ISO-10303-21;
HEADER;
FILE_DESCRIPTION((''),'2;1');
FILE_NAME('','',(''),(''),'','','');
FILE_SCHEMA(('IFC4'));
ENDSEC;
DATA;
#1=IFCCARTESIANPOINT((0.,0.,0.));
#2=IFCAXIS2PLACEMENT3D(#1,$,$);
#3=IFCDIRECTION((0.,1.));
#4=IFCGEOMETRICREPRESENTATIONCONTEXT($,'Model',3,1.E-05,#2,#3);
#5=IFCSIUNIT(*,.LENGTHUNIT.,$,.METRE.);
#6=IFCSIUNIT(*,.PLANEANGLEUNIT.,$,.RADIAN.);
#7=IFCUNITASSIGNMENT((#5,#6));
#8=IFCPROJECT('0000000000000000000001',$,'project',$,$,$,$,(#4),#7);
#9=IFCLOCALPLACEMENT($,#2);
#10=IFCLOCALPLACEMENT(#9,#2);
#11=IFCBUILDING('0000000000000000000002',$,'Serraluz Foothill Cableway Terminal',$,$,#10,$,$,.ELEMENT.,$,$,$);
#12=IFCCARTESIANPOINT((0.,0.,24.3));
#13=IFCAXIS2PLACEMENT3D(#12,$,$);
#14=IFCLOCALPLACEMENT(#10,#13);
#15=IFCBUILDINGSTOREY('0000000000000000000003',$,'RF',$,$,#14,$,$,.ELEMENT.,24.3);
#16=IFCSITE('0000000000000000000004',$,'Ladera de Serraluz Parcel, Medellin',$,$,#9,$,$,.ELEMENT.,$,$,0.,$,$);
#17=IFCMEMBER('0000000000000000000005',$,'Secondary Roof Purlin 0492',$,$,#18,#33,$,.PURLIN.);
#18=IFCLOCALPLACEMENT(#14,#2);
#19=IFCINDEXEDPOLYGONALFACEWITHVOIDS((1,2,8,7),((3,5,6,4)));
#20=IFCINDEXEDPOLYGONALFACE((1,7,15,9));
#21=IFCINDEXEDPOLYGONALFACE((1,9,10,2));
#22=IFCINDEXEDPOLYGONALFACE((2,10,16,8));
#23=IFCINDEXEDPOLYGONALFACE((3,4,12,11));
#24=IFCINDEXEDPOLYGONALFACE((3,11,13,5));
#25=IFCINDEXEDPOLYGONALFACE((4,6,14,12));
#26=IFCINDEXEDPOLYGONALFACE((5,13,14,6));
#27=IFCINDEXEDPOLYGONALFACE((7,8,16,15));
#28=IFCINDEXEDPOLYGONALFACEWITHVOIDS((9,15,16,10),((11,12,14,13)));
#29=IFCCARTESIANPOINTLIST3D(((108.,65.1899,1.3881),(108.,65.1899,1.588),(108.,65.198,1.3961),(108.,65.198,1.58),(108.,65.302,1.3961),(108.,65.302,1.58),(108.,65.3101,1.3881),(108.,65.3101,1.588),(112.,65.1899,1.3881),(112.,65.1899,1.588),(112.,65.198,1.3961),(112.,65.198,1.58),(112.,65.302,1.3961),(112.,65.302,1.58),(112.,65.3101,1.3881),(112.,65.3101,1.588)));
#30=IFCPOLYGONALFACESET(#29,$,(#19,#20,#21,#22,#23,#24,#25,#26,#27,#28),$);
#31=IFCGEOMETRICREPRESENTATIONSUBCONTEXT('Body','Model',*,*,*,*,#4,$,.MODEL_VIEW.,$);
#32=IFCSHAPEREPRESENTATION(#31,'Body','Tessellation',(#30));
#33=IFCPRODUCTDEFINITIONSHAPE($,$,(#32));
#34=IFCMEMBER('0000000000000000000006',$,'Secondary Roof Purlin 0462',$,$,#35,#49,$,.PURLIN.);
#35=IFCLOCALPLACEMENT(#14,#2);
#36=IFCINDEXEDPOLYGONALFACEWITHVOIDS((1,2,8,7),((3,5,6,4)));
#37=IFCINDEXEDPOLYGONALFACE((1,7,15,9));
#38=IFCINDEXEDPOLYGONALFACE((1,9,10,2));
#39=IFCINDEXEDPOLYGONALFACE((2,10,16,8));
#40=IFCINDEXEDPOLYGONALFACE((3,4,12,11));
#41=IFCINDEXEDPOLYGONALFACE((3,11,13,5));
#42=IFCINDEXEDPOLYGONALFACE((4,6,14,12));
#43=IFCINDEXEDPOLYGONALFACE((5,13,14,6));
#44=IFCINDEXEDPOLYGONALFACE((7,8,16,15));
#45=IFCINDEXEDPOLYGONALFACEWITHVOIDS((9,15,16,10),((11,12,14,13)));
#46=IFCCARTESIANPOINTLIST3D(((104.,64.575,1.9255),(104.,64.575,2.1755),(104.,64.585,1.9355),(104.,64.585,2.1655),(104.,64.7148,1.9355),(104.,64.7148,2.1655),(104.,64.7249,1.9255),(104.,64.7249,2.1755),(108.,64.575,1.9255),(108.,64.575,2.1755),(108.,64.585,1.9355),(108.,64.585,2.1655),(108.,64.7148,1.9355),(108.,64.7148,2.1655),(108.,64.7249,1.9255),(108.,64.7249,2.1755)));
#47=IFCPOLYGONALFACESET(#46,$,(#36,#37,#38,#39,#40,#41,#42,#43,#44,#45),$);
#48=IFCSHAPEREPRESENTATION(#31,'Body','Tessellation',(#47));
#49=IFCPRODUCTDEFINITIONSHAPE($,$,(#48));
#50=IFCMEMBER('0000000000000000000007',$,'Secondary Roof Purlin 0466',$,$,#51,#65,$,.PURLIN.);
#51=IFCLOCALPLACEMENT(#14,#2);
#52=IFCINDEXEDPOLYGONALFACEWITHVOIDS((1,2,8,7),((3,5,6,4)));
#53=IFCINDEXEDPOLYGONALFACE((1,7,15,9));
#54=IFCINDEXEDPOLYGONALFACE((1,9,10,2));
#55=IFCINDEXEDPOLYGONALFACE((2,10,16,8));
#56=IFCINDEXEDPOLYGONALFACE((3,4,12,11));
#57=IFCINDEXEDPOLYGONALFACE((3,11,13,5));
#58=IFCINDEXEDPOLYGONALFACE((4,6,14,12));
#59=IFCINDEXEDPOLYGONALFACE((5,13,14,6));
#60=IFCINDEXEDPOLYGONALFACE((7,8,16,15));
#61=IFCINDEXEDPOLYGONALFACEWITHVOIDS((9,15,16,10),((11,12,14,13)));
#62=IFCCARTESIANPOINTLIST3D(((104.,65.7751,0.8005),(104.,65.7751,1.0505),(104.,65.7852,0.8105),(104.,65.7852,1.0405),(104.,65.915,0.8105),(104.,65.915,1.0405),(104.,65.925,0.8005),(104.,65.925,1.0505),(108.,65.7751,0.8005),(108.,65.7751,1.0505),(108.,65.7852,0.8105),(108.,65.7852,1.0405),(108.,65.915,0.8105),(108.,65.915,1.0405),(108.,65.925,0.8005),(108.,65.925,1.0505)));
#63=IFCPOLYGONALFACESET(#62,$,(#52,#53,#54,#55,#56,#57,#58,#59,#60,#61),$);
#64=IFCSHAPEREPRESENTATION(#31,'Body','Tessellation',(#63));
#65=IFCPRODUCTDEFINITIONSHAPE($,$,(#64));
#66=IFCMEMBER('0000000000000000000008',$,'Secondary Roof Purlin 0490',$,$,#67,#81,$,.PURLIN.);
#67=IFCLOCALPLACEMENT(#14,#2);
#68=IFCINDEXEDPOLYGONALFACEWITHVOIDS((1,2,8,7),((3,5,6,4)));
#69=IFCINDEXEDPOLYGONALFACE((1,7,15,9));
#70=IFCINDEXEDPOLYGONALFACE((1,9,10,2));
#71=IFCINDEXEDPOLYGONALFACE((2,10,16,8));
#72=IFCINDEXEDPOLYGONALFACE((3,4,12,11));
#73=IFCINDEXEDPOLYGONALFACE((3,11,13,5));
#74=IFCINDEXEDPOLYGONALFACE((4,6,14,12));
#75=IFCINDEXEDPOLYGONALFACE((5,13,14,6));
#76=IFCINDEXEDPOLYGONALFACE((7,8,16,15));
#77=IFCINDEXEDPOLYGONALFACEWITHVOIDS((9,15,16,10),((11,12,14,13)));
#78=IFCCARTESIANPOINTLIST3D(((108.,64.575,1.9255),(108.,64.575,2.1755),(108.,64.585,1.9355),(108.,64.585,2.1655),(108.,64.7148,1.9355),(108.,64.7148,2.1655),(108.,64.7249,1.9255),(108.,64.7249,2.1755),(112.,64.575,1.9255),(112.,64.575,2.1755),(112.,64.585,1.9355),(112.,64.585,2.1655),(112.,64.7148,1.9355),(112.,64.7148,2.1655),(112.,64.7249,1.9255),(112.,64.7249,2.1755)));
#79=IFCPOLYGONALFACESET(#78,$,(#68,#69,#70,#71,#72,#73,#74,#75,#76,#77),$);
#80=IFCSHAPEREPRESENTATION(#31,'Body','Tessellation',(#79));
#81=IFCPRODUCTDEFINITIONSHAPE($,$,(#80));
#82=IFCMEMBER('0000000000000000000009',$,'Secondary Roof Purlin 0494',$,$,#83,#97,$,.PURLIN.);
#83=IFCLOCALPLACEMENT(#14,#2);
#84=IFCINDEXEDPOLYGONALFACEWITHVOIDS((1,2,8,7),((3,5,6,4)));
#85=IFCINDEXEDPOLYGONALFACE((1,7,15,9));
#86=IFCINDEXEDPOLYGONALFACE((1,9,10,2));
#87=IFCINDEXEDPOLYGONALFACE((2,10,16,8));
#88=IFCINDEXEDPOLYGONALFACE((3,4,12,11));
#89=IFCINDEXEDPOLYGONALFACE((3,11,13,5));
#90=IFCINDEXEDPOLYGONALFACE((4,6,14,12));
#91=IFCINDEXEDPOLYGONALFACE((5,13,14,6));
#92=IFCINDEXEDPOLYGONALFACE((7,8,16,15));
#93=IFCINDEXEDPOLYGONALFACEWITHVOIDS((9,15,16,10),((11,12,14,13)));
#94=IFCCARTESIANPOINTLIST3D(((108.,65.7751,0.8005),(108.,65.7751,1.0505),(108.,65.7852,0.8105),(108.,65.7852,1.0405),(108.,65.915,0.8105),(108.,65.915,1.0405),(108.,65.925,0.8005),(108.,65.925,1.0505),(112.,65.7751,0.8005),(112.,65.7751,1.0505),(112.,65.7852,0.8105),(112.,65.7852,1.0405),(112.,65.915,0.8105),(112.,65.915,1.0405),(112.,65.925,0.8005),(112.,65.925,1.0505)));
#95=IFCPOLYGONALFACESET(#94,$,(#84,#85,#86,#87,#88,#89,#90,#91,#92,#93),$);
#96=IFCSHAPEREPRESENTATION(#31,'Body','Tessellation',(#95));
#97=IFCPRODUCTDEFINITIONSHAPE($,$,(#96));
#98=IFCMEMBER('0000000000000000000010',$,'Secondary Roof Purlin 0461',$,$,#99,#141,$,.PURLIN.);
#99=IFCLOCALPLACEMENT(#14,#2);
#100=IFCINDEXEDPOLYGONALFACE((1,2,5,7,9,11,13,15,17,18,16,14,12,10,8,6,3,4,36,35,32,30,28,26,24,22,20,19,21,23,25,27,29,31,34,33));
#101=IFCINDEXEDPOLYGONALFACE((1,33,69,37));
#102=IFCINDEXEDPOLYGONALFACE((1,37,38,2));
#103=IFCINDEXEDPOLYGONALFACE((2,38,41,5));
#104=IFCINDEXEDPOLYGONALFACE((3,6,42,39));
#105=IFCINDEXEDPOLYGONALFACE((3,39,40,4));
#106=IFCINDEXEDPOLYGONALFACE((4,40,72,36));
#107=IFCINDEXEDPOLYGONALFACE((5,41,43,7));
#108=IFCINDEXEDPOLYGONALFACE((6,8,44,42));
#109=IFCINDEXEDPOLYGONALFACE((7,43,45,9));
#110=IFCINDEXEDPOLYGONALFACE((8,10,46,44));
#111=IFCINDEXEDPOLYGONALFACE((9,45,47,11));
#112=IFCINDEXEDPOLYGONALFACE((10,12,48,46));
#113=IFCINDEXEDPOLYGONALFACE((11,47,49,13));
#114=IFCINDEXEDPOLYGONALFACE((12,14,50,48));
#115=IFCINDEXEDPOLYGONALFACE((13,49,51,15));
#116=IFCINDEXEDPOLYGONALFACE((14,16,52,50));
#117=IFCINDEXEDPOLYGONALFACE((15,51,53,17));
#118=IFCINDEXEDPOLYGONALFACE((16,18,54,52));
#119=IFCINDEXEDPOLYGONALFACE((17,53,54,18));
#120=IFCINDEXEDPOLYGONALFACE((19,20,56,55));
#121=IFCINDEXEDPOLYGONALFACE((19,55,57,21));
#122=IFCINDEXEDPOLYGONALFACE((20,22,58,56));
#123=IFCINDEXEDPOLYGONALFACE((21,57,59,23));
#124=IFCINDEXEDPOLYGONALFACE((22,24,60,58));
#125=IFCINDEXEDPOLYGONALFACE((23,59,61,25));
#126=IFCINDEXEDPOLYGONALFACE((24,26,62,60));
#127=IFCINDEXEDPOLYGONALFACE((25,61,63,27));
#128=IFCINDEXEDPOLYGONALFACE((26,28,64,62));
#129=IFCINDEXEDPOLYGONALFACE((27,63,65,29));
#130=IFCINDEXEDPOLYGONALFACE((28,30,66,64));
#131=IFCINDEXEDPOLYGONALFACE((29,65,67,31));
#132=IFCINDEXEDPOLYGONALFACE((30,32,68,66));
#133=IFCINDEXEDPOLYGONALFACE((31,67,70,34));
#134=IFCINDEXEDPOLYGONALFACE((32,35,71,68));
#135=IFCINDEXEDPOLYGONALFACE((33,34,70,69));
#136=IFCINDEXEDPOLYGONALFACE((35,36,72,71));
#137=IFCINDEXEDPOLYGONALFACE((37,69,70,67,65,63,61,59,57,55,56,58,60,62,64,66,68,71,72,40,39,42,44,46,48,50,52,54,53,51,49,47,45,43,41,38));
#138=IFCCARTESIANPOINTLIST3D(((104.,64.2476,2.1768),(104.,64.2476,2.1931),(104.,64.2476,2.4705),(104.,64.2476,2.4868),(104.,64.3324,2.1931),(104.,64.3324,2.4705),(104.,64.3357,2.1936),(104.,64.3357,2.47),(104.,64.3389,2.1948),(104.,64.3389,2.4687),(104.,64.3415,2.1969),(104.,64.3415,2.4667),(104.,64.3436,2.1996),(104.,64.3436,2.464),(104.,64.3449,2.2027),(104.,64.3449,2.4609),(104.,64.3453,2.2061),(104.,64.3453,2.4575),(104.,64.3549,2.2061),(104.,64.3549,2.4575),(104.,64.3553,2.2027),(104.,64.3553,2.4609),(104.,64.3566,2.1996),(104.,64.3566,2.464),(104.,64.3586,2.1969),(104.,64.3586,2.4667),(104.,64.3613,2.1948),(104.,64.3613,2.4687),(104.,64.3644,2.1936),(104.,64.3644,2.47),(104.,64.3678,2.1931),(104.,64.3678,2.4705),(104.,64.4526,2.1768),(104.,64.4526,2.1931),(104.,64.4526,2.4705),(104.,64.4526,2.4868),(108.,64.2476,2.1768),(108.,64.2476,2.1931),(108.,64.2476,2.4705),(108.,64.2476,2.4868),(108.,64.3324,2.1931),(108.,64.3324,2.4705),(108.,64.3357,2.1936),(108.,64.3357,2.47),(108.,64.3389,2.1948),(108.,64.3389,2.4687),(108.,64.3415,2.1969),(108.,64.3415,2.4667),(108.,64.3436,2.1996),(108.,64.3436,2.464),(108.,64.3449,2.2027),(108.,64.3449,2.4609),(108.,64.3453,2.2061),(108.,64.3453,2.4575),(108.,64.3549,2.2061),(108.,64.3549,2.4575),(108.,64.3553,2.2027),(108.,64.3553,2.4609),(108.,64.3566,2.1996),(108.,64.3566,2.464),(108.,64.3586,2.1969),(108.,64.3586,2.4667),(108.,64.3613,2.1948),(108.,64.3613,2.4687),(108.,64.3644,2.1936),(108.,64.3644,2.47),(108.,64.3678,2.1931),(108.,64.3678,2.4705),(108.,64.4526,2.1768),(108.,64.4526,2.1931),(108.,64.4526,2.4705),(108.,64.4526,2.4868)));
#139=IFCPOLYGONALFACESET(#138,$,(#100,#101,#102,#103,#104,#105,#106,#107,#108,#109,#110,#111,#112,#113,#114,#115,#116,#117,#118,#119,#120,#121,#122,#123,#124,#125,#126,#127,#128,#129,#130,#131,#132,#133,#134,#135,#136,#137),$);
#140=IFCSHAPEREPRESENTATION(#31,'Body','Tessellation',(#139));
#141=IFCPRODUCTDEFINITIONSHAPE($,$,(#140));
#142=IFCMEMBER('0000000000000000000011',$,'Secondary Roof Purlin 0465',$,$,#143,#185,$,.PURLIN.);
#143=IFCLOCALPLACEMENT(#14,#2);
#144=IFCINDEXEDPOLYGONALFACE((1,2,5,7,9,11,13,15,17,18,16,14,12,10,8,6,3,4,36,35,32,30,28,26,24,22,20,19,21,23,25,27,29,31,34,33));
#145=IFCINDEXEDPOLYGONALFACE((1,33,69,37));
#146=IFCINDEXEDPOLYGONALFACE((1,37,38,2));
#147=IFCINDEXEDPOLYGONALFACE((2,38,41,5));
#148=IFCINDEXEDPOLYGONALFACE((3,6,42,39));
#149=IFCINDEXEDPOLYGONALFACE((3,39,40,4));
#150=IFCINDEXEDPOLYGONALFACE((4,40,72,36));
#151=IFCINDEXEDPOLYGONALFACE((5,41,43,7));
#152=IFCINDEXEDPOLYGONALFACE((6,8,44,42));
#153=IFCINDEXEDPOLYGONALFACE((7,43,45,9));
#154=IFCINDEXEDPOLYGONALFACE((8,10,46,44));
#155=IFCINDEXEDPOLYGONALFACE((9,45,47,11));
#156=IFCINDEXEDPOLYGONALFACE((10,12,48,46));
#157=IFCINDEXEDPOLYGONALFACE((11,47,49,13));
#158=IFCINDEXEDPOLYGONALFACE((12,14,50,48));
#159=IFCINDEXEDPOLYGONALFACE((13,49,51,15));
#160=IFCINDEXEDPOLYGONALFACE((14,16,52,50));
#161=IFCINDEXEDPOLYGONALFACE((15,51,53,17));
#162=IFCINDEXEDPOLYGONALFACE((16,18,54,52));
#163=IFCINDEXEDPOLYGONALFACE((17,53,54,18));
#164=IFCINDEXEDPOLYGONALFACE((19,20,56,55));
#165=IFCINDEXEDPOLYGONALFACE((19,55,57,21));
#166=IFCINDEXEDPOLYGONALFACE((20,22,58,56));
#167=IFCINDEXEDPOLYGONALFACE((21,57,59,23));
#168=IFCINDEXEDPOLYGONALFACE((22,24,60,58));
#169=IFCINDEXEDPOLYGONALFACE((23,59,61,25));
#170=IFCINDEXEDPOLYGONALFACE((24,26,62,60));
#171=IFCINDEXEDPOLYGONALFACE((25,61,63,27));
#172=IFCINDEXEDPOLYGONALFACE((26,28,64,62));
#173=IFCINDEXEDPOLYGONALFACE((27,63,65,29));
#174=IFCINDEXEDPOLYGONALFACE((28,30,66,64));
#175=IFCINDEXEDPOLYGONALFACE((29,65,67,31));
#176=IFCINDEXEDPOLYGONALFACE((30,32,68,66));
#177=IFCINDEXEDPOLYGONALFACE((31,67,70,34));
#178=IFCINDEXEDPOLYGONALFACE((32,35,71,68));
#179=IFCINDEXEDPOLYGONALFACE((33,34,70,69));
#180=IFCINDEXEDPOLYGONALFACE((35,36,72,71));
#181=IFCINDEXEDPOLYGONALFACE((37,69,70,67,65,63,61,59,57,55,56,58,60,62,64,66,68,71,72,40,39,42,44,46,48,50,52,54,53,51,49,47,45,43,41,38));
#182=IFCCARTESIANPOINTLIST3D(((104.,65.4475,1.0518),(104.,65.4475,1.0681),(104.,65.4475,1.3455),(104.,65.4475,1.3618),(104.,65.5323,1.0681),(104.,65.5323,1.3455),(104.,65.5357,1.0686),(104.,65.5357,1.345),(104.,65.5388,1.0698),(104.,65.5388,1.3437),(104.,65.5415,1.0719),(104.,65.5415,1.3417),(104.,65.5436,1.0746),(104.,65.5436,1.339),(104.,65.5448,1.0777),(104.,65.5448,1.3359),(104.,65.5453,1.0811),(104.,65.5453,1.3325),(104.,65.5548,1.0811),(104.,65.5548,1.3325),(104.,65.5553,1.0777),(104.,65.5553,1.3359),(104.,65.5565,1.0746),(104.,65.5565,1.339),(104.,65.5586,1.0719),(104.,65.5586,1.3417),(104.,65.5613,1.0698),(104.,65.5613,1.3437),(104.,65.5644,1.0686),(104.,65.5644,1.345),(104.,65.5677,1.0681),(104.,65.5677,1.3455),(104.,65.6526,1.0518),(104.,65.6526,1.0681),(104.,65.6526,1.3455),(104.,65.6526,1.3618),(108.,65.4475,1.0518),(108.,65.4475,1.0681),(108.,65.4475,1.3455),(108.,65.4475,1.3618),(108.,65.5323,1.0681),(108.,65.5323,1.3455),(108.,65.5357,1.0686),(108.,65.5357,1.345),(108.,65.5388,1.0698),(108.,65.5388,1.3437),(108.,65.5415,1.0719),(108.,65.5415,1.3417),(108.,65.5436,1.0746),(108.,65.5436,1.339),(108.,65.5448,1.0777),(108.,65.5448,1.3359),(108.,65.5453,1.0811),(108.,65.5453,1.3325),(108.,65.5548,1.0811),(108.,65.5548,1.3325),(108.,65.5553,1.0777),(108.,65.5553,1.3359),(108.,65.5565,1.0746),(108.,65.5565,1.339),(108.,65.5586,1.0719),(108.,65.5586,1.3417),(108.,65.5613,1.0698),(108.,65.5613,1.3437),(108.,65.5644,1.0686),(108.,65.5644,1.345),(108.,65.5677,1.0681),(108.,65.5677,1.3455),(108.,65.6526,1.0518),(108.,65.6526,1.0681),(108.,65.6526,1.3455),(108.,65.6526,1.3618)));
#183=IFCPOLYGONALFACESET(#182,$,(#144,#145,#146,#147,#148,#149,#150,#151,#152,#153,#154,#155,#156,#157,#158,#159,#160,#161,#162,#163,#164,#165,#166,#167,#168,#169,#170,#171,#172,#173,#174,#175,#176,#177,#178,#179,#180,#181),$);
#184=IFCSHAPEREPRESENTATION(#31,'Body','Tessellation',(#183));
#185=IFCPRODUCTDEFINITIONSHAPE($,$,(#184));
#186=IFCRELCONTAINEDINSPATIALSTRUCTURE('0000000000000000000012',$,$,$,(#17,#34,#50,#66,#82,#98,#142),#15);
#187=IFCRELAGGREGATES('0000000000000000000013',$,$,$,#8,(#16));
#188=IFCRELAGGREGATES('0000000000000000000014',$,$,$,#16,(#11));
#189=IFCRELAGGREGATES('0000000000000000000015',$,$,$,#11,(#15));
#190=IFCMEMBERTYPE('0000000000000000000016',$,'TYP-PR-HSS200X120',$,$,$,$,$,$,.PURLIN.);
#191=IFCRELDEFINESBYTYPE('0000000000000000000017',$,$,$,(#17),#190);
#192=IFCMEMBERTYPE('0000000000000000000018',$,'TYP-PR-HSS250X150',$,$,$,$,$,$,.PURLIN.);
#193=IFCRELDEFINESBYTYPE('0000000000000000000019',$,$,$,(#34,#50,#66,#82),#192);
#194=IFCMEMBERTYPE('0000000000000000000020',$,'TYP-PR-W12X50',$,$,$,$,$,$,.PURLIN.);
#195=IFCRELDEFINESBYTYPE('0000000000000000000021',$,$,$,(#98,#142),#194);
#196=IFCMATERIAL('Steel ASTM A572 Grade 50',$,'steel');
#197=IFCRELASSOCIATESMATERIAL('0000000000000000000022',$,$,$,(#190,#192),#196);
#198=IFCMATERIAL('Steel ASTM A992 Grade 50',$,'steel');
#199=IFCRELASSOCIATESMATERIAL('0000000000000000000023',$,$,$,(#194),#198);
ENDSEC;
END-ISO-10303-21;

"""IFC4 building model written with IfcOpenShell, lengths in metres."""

from ifc_helpers import new_model, si_unit, direction, frame, origin, origin_2d, place, context, subcontext, project, spatial, hollow_rectangle, i_section, extrude, material, material_profile, profile_set, type_object, element, save


model = new_model("IFC4")

# Units and contexts
model_context = context("Model", 3, precision=1e-05, world=origin(), true_north=direction((0.0, 1.0)))
body_context = subcontext(model_context, "Body", "Model", "MODEL_VIEW")
ifc_project = project(units=[si_unit("LENGTHUNIT", "METRE"), si_unit("PLANEANGLEUNIT", "RADIAN")], contexts=[model_context])

# Site, building, storey
site_placement = place(None, origin())
site = spatial("IfcSite", under=ifc_project, at=site_placement, Name="Ladera de Serraluz Parcel, Medellin", CompositionType="ELEMENT", RefElevation=0.0)
building_placement = place(site_placement, origin())
building = spatial("IfcBuilding", under=site, at=building_placement, Name="Serraluz Foothill Cableway Terminal", CompositionType="ELEMENT")
storey_placement = place(building_placement, frame((0.0, 0.0, 24.3)))
storey = spatial("IfcBuildingStorey", under=building, at=storey_placement, Name="RF", CompositionType="ELEMENT", Elevation=24.3)

# Members
ifc_material_1 = material(Name="Steel ASTM A572 Grade 50", Category="steel")
ifc_material_profile_1 = material_profile(ifc_material_1, hollow_rectangle(XDim=0.1201, YDim=0.2, WallThickness=0.0081, at=origin_2d()), Name="HSS200X120X8")
ifc_profile_set_1 = profile_set([ifc_material_profile_1], Name="Steel ASTM A572 Grade 50")
member_type_1 = type_object("IfcMemberType", Name="TYP-PR-HSS200X120", PredefinedType="PURLIN", material=ifc_profile_set_1)
for number, where, z_axis, x_axis, name in (
    (1, (108.0, 65.25, 1.488), (1.0, 0.0, 0.0), (0.0, 1.0, 0.0), "Secondary Roof Purlin 0492"),
):
    element("IfcMember", number, at=place(storey_placement, frame(where, z_axis=z_axis, x_axis=x_axis)), inside=storey, type_object=member_type_1, Name=name, PredefinedType="PURLIN", context=body_context, shape_type="SweptSolid", body=[
        extrude(hollow_rectangle(XDim=0.1201, YDim=0.2, WallThickness=0.0081, at=origin_2d()), origin(), (0.0, 0.0, 1.0), 4.0),
    ])
ifc_material_profile_2 = material_profile(ifc_material_1, hollow_rectangle(XDim=0.1499, YDim=0.25, WallThickness=0.01, at=origin_2d()), Name="HSS250X150X10")
ifc_profile_set_2 = profile_set([ifc_material_profile_2], Name="Steel ASTM A572 Grade 50")
member_type_2 = type_object("IfcMemberType", Name="TYP-PR-HSS250X150", PredefinedType="PURLIN", material=ifc_profile_set_2)
for number, where, z_axis, x_axis, name in (
    (2, (104.0, 64.6499, 2.0505), (1.0, 0.0, 0.0), (0.0, 1.0, 0.0), "Secondary Roof Purlin 0462"),
    (3, (104.0, 65.8501, 0.9255), (1.0, 0.0, 0.0), (0.0, 1.0, 0.0), "Secondary Roof Purlin 0466"),
    (4, (108.0, 64.6499, 2.0505), (1.0, 0.0, 0.0), (0.0, 1.0, 0.0), "Secondary Roof Purlin 0490"),
    (5, (108.0, 65.8501, 0.9255), (1.0, 0.0, 0.0), (0.0, 1.0, 0.0), "Secondary Roof Purlin 0494"),
):
    element("IfcMember", number, at=place(storey_placement, frame(where, z_axis=z_axis, x_axis=x_axis)), inside=storey, type_object=member_type_2, Name=name, PredefinedType="PURLIN", context=body_context, shape_type="SweptSolid", body=[
        extrude(hollow_rectangle(XDim=0.1499, YDim=0.25, WallThickness=0.01, at=origin_2d()), origin(), (0.0, 0.0, 1.0), 4.0),
    ])
ifc_material_2 = material(Name="Steel ASTM A992 Grade 50", Category="steel")
ifc_material_profile_3 = material_profile(ifc_material_2, i_section(OverallWidth=0.2051, OverallDepth=0.3101, WebThickness=0.0095, FlangeThickness=0.0164, FilletRadius=0.0129, at=origin_2d()), Name="W12X50")
ifc_profile_set_3 = profile_set([ifc_material_profile_3], Name="Steel ASTM A992 Grade 50")
member_type_3 = type_object("IfcMemberType", Name="TYP-PR-W12X50", PredefinedType="PURLIN", material=ifc_profile_set_3)
for number, where, z_axis, x_axis, name in (
    (6, (104.0, 64.3501, 2.3318), (1.0, 0.0, 0.0), (0.0, 1.0, 0.0), "Secondary Roof Purlin 0461"),
    (7, (104.0, 65.55, 1.2068), (1.0, 0.0, 0.0), (0.0, 1.0, 0.0), "Secondary Roof Purlin 0465"),
):
    element("IfcMember", number, at=place(storey_placement, frame(where, z_axis=z_axis, x_axis=x_axis)), inside=storey, type_object=member_type_3, Name=name, PredefinedType="PURLIN", context=body_context, shape_type="SweptSolid", body=[
        extrude(i_section(OverallWidth=0.2051, OverallDepth=0.3101, WebThickness=0.0095, FlangeThickness=0.0164, FilletRadius=0.0129, at=origin_2d()), origin(), (0.0, 0.0, 1.0), 4.0),
    ])

save(model, "model.ifc")
